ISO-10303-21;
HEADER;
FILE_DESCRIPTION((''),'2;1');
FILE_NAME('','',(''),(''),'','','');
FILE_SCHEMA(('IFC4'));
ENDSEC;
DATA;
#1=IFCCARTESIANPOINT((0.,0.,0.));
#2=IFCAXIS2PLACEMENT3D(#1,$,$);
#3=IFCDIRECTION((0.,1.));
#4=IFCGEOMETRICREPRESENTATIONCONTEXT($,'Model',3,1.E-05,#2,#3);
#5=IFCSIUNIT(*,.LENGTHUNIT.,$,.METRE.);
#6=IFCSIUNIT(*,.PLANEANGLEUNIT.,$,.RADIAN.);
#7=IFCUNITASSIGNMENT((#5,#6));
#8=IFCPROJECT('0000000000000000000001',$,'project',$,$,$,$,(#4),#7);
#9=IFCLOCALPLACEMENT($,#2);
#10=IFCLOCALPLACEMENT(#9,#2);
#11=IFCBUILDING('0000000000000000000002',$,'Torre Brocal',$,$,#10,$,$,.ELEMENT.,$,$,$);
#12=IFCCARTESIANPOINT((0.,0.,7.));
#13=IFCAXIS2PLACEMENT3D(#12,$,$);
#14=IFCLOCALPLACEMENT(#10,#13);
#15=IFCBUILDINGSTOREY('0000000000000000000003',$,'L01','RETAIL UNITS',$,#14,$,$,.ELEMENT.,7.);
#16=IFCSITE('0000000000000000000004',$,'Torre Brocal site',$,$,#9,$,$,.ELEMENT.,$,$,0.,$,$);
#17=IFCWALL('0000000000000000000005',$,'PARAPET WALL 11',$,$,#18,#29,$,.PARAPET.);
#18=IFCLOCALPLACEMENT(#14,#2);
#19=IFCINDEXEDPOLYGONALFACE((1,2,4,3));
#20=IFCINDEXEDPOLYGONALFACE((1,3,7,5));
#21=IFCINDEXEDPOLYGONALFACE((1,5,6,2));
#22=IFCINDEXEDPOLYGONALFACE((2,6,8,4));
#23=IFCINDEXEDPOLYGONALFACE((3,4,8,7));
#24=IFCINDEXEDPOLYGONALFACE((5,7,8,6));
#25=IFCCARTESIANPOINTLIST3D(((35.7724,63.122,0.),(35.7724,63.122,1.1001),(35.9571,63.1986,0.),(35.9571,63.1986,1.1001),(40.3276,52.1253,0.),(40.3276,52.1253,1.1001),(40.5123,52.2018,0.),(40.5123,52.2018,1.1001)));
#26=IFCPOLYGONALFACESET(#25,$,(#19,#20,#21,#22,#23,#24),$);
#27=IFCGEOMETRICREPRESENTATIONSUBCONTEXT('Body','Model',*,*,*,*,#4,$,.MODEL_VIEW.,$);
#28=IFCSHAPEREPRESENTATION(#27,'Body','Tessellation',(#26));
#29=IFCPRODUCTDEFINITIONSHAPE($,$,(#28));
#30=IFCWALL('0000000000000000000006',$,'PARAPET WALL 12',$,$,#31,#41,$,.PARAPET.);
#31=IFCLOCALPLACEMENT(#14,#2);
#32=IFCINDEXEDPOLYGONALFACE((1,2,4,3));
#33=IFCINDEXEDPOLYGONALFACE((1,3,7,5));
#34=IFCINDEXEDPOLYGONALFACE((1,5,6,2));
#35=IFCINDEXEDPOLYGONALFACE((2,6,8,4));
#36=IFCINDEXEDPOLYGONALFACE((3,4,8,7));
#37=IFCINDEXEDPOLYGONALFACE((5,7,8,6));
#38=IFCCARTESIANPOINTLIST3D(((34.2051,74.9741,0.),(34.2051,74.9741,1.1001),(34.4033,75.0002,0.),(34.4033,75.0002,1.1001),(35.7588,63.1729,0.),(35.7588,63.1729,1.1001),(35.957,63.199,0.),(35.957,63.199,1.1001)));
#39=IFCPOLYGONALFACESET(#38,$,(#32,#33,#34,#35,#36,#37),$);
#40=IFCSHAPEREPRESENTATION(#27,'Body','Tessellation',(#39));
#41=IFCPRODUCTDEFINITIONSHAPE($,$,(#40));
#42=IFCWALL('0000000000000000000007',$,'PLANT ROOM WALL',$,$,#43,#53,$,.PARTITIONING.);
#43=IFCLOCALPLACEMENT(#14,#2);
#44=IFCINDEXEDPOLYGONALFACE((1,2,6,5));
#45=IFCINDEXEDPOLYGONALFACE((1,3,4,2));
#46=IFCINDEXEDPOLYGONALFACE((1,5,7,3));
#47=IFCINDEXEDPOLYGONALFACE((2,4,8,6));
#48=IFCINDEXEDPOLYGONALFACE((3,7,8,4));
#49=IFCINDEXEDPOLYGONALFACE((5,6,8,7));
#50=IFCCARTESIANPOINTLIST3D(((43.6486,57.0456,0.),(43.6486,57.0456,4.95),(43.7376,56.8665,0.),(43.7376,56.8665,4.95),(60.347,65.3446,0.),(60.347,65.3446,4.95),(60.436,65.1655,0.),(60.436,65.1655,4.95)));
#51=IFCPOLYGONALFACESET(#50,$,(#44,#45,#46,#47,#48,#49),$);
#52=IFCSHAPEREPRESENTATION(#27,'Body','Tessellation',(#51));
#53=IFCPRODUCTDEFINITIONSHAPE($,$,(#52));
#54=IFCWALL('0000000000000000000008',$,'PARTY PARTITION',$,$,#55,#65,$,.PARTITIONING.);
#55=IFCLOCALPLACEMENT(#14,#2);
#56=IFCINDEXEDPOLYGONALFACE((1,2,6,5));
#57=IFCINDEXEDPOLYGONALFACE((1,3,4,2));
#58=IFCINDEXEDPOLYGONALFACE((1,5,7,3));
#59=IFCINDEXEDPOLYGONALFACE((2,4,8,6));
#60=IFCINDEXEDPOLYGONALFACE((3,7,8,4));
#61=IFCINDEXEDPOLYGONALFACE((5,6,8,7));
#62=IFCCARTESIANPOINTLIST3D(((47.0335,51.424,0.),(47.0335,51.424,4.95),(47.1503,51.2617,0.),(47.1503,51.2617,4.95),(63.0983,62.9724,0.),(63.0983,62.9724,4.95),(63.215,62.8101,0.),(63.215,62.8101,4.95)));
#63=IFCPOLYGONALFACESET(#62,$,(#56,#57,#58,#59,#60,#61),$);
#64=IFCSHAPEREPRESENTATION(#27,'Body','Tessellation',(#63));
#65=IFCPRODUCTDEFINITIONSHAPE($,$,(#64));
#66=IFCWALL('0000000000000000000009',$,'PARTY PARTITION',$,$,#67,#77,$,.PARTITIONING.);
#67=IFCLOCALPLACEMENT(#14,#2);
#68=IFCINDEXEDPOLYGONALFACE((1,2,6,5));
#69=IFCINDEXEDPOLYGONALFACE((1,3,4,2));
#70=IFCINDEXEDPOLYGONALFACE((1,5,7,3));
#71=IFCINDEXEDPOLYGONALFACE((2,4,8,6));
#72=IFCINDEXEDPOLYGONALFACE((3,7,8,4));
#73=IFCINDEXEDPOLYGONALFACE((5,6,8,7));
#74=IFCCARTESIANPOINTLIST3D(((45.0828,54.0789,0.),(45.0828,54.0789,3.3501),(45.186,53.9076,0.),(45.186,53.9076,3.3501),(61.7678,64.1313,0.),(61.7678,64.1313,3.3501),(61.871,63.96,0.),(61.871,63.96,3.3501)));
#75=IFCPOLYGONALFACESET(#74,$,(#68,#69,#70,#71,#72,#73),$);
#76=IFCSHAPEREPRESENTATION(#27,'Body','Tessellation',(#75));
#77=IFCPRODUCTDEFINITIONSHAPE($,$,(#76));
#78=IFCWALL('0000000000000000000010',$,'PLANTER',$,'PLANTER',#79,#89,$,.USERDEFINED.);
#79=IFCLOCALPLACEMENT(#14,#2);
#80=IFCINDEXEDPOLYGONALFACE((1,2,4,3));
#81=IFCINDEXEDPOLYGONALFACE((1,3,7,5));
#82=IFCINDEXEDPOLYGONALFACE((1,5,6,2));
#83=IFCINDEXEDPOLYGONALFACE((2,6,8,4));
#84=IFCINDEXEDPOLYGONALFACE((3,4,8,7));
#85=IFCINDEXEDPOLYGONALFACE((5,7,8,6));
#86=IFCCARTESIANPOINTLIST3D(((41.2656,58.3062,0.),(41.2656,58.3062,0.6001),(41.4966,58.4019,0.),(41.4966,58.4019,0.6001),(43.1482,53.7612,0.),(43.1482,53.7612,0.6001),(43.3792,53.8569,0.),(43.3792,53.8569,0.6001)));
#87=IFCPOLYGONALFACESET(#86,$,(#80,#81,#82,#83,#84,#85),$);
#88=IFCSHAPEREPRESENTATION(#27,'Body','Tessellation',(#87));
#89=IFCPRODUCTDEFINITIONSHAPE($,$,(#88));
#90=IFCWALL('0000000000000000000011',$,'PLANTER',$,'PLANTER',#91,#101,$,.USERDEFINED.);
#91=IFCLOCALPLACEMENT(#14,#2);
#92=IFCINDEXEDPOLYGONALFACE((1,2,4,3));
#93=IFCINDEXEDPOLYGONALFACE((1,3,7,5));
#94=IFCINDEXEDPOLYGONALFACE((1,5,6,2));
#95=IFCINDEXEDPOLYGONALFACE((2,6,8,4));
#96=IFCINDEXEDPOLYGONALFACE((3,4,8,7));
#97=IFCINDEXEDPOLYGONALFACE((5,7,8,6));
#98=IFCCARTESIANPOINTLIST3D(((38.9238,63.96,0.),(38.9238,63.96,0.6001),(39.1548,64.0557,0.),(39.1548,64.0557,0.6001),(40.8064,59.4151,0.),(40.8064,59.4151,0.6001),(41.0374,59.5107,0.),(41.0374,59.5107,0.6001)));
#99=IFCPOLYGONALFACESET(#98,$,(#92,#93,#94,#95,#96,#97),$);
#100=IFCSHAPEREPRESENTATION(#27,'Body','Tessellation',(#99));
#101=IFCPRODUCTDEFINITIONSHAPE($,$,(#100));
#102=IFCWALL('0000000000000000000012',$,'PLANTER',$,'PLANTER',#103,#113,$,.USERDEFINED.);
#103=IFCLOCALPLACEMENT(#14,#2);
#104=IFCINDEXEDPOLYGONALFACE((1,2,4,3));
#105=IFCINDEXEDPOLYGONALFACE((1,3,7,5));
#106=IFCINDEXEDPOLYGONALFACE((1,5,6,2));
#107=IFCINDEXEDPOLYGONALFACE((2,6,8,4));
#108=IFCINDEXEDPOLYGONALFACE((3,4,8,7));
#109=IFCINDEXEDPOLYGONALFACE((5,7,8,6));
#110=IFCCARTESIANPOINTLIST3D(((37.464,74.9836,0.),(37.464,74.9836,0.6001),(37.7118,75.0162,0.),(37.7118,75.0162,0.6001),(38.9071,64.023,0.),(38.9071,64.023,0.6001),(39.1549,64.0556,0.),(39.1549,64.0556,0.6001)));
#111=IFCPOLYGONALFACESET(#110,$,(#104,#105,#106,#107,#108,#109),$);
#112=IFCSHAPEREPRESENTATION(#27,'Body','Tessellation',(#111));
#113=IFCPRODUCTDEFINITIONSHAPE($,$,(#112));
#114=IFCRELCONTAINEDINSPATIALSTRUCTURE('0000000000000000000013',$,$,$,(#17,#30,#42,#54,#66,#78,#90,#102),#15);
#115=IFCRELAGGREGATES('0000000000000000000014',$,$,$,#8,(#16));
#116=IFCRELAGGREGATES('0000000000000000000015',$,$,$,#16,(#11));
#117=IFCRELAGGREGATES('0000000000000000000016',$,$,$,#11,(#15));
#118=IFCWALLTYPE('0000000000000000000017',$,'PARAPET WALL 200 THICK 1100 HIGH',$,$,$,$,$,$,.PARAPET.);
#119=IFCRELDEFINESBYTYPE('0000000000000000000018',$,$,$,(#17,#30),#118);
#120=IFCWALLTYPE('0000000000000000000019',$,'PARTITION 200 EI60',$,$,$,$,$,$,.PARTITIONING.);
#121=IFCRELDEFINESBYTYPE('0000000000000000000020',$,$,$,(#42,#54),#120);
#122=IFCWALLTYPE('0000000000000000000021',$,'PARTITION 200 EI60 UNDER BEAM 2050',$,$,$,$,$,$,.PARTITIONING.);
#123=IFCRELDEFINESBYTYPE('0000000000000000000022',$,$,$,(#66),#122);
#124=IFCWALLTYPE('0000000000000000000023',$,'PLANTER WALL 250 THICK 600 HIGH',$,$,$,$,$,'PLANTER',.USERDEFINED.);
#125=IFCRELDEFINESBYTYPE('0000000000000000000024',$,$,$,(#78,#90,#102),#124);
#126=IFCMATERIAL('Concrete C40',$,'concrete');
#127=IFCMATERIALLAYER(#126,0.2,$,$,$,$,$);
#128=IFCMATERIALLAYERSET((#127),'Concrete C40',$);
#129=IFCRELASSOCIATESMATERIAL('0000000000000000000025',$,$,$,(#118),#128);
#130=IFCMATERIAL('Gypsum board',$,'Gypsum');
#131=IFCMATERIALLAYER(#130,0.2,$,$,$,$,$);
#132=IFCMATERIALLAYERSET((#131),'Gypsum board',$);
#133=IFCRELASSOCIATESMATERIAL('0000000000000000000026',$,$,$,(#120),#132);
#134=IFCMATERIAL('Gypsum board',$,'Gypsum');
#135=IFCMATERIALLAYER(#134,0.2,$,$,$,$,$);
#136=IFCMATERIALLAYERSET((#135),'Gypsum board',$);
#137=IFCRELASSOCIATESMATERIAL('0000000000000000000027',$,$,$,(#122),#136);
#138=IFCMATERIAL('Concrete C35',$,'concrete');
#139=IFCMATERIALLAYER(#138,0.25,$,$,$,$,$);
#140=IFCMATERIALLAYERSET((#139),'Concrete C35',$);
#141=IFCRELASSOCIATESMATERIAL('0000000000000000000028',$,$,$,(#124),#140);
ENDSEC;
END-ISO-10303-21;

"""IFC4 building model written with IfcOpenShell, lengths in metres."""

from ifc_helpers import new_model, si_unit, direction, frame, frame_2d, origin, place, context, subcontext, project, spatial, rectangle, extrude, material, layer, layer_set, type_object, element, save


model = new_model("IFC4")

# Units and contexts
model_context = context("Model", 3, precision=1e-05, world=origin(), true_north=direction((0.0, 1.0)))
body_context = subcontext(model_context, "Body", "Model", "MODEL_VIEW")
ifc_project = project(units=[si_unit("LENGTHUNIT", "METRE"), si_unit("PLANEANGLEUNIT", "RADIAN")], contexts=[model_context])

# Site, building, storey
site_placement = place(None, origin())
site = spatial("IfcSite", under=ifc_project, at=site_placement, Name="Torre Brocal site", CompositionType="ELEMENT", RefElevation=0.0)
building_placement = place(site_placement, origin())
building = spatial("IfcBuilding", under=site, at=building_placement, Name="Torre Brocal", CompositionType="ELEMENT")
storey_placement = place(building_placement, frame((0.0, 0.0, 7.0)))
storey = spatial("IfcBuildingStorey", under=building, at=storey_placement, Name="L01", Description="RETAIL UNITS", CompositionType="ELEMENT", Elevation=7.0)

# Walls
ifc_material_1 = material(Name="Concrete C40", Category="concrete")
ifc_layer_1 = layer(ifc_material_1, 0.2)
ifc_layer_set_1 = layer_set([ifc_layer_1], Name="Concrete C40")
wall_type_1 = type_object("IfcWallType", Name="PARAPET WALL 200 THICK 1100 HIGH", PredefinedType="PARAPET", material=ifc_layer_set_1)
wall_1_placement = place(storey_placement, frame((40.4199, 52.1636, 0.0), z_axis=(0.0, 0.0, 1.0), x_axis=(-0.382694, 0.923875, 0.0)))
element("IfcWall", 1, at=wall_1_placement, inside=storey, type_object=wall_type_1, Name="PARAPET WALL 11", PredefinedType="PARAPET", context=body_context, shape_type="SweptSolid", body=[
    extrude(rectangle(XDim=11.9028, YDim=0.2, at=frame_2d((5.9514, 0.0))), origin(), (0.0, 0.0, 1.0), 1.1001),
])
wall_2_placement = place(storey_placement, frame((35.8579, 63.1858, 0.0), z_axis=(0.0, 0.0, 1.0), x_axis=(-0.13053, 0.991444, 0.0)))
element("IfcWall", 2, at=wall_2_placement, inside=storey, type_object=wall_type_1, Name="PARAPET WALL 12", PredefinedType="PARAPET", context=body_context, shape_type="SweptSolid", body=[
    extrude(rectangle(XDim=11.9031, YDim=0.2, at=frame_2d((5.9517, 0.0))), origin(), (0.0, 0.0, 1.0), 1.1001),
])
ifc_material_2 = material(Name="Gypsum board", Category="Gypsum")
ifc_layer_2 = layer(ifc_material_2, 0.2)
ifc_layer_set_2 = layer_set([ifc_layer_2], Name="Gypsum board")
wall_type_2 = type_object("IfcWallType", Name="PARTITION 200 EI60", PredefinedType="PARTITIONING", material=ifc_layer_set_2)
wall_3_placement = place(storey_placement, frame((43.6931, 56.9561, 0.0), z_axis=(0.0, 0.0, 1.0), x_axis=(0.895501, 0.44506, 0.0)))
element("IfcWall", 3, at=wall_3_placement, inside=storey, type_object=wall_type_2, Name="PLANT ROOM WALL", PredefinedType="PARTITIONING", context=body_context, shape_type="SweptSolid", body=[
    extrude(rectangle(XDim=18.647, YDim=0.2, at=frame_2d((9.3235, 0.0))), origin(), (0.0, 0.0, 1.0), 4.95),
])
wall_4_placement = place(storey_placement, frame((47.0918, 51.3428, 0.0), z_axis=(0.0, 0.0, 1.0), x_axis=(0.811971, 0.583697, 0.0)))
element("IfcWall", 4, at=wall_4_placement, inside=storey, type_object=wall_type_2, Name="PARTY PARTITION", PredefinedType="PARTITIONING", context=body_context, shape_type="SweptSolid", body=[
    extrude(rectangle(XDim=19.7849, YDim=0.2, at=frame_2d((9.8926, 0.0))), origin(), (0.0, 0.0, 1.0), 4.95),
])
ifc_material_3 = material(Name="Gypsum board", Category="Gypsum")
ifc_layer_3 = layer(ifc_material_3, 0.2)
ifc_layer_set_3 = layer_set([ifc_layer_3], Name="Gypsum board")
wall_type_3 = type_object("IfcWallType", Name="PARTITION 200 EI60 UNDER BEAM 2050", PredefinedType="PARTITIONING", material=ifc_layer_set_3)
wall_5_placement = place(storey_placement, frame((45.1343, 53.9932, 0.0), z_axis=(0.0, 0.0, 1.0), x_axis=(0.856553, 0.51606, 0.0)))
element("IfcWall", 5, at=wall_5_placement, inside=storey, type_object=wall_type_3, Name="PARTY PARTITION", PredefinedType="PARTITIONING", context=body_context, shape_type="SweptSolid", body=[
    extrude(rectangle(XDim=19.4792, YDim=0.2, at=frame_2d((9.7397, 0.0))), origin(), (0.0, 0.0, 1.0), 3.3501),
])
ifc_material_4 = material(Name="Concrete C35", Category="concrete")
ifc_layer_4 = layer(ifc_material_4, 0.25)
ifc_layer_set_4 = layer_set([ifc_layer_4], Name="Concrete C35")
wall_type_4 = type_object("IfcWallType", Name="PLANTER WALL 250 THICK 600 HIGH", ElementType="PLANTER", PredefinedType="USERDEFINED", material=ifc_layer_set_4)
for number, where, z_axis, x_axis, name in (
    (6, (43.2637, 53.8091, 0.0), (0.0, 0.0, 1.0), (-0.382683, 0.92388, 0.0), "PLANTER"),
    (7, (40.9219, 59.4629, 0.0), (0.0, 0.0, 1.0), (-0.382683, 0.92388, 0.0), "PLANTER"),
):
    element("IfcWall", number, at=place(storey_placement, frame(where, z_axis=z_axis, x_axis=x_axis)), inside=storey, type_object=wall_type_4, Name=name, ObjectType="PLANTER", PredefinedType="USERDEFINED", context=body_context, shape_type="SweptSolid", body=[
        extrude(rectangle(XDim=4.9194, YDim=0.25, at=frame_2d((2.4597, 0.0))), origin(), (0.0, 0.0, 1.0), 0.6001),
    ])
wall_6_placement = place(storey_placement, frame((39.031, 64.0393, 0.0), z_axis=(0.0, 0.0, 1.0), x_axis=(-0.130536, 0.991444, 0.0)))
element("IfcWall", 8, at=wall_6_placement, inside=storey, type_object=wall_type_4, Name="PLANTER", ObjectType="PLANTER", PredefinedType="USERDEFINED", context=body_context, shape_type="SweptSolid", body=[
    extrude(rectangle(XDim=11.0552, YDim=0.25, at=frame_2d((5.5276, 0.0))), origin(), (0.0, 0.0, 1.0), 0.6001),
])

save(model, "model.ifc")
